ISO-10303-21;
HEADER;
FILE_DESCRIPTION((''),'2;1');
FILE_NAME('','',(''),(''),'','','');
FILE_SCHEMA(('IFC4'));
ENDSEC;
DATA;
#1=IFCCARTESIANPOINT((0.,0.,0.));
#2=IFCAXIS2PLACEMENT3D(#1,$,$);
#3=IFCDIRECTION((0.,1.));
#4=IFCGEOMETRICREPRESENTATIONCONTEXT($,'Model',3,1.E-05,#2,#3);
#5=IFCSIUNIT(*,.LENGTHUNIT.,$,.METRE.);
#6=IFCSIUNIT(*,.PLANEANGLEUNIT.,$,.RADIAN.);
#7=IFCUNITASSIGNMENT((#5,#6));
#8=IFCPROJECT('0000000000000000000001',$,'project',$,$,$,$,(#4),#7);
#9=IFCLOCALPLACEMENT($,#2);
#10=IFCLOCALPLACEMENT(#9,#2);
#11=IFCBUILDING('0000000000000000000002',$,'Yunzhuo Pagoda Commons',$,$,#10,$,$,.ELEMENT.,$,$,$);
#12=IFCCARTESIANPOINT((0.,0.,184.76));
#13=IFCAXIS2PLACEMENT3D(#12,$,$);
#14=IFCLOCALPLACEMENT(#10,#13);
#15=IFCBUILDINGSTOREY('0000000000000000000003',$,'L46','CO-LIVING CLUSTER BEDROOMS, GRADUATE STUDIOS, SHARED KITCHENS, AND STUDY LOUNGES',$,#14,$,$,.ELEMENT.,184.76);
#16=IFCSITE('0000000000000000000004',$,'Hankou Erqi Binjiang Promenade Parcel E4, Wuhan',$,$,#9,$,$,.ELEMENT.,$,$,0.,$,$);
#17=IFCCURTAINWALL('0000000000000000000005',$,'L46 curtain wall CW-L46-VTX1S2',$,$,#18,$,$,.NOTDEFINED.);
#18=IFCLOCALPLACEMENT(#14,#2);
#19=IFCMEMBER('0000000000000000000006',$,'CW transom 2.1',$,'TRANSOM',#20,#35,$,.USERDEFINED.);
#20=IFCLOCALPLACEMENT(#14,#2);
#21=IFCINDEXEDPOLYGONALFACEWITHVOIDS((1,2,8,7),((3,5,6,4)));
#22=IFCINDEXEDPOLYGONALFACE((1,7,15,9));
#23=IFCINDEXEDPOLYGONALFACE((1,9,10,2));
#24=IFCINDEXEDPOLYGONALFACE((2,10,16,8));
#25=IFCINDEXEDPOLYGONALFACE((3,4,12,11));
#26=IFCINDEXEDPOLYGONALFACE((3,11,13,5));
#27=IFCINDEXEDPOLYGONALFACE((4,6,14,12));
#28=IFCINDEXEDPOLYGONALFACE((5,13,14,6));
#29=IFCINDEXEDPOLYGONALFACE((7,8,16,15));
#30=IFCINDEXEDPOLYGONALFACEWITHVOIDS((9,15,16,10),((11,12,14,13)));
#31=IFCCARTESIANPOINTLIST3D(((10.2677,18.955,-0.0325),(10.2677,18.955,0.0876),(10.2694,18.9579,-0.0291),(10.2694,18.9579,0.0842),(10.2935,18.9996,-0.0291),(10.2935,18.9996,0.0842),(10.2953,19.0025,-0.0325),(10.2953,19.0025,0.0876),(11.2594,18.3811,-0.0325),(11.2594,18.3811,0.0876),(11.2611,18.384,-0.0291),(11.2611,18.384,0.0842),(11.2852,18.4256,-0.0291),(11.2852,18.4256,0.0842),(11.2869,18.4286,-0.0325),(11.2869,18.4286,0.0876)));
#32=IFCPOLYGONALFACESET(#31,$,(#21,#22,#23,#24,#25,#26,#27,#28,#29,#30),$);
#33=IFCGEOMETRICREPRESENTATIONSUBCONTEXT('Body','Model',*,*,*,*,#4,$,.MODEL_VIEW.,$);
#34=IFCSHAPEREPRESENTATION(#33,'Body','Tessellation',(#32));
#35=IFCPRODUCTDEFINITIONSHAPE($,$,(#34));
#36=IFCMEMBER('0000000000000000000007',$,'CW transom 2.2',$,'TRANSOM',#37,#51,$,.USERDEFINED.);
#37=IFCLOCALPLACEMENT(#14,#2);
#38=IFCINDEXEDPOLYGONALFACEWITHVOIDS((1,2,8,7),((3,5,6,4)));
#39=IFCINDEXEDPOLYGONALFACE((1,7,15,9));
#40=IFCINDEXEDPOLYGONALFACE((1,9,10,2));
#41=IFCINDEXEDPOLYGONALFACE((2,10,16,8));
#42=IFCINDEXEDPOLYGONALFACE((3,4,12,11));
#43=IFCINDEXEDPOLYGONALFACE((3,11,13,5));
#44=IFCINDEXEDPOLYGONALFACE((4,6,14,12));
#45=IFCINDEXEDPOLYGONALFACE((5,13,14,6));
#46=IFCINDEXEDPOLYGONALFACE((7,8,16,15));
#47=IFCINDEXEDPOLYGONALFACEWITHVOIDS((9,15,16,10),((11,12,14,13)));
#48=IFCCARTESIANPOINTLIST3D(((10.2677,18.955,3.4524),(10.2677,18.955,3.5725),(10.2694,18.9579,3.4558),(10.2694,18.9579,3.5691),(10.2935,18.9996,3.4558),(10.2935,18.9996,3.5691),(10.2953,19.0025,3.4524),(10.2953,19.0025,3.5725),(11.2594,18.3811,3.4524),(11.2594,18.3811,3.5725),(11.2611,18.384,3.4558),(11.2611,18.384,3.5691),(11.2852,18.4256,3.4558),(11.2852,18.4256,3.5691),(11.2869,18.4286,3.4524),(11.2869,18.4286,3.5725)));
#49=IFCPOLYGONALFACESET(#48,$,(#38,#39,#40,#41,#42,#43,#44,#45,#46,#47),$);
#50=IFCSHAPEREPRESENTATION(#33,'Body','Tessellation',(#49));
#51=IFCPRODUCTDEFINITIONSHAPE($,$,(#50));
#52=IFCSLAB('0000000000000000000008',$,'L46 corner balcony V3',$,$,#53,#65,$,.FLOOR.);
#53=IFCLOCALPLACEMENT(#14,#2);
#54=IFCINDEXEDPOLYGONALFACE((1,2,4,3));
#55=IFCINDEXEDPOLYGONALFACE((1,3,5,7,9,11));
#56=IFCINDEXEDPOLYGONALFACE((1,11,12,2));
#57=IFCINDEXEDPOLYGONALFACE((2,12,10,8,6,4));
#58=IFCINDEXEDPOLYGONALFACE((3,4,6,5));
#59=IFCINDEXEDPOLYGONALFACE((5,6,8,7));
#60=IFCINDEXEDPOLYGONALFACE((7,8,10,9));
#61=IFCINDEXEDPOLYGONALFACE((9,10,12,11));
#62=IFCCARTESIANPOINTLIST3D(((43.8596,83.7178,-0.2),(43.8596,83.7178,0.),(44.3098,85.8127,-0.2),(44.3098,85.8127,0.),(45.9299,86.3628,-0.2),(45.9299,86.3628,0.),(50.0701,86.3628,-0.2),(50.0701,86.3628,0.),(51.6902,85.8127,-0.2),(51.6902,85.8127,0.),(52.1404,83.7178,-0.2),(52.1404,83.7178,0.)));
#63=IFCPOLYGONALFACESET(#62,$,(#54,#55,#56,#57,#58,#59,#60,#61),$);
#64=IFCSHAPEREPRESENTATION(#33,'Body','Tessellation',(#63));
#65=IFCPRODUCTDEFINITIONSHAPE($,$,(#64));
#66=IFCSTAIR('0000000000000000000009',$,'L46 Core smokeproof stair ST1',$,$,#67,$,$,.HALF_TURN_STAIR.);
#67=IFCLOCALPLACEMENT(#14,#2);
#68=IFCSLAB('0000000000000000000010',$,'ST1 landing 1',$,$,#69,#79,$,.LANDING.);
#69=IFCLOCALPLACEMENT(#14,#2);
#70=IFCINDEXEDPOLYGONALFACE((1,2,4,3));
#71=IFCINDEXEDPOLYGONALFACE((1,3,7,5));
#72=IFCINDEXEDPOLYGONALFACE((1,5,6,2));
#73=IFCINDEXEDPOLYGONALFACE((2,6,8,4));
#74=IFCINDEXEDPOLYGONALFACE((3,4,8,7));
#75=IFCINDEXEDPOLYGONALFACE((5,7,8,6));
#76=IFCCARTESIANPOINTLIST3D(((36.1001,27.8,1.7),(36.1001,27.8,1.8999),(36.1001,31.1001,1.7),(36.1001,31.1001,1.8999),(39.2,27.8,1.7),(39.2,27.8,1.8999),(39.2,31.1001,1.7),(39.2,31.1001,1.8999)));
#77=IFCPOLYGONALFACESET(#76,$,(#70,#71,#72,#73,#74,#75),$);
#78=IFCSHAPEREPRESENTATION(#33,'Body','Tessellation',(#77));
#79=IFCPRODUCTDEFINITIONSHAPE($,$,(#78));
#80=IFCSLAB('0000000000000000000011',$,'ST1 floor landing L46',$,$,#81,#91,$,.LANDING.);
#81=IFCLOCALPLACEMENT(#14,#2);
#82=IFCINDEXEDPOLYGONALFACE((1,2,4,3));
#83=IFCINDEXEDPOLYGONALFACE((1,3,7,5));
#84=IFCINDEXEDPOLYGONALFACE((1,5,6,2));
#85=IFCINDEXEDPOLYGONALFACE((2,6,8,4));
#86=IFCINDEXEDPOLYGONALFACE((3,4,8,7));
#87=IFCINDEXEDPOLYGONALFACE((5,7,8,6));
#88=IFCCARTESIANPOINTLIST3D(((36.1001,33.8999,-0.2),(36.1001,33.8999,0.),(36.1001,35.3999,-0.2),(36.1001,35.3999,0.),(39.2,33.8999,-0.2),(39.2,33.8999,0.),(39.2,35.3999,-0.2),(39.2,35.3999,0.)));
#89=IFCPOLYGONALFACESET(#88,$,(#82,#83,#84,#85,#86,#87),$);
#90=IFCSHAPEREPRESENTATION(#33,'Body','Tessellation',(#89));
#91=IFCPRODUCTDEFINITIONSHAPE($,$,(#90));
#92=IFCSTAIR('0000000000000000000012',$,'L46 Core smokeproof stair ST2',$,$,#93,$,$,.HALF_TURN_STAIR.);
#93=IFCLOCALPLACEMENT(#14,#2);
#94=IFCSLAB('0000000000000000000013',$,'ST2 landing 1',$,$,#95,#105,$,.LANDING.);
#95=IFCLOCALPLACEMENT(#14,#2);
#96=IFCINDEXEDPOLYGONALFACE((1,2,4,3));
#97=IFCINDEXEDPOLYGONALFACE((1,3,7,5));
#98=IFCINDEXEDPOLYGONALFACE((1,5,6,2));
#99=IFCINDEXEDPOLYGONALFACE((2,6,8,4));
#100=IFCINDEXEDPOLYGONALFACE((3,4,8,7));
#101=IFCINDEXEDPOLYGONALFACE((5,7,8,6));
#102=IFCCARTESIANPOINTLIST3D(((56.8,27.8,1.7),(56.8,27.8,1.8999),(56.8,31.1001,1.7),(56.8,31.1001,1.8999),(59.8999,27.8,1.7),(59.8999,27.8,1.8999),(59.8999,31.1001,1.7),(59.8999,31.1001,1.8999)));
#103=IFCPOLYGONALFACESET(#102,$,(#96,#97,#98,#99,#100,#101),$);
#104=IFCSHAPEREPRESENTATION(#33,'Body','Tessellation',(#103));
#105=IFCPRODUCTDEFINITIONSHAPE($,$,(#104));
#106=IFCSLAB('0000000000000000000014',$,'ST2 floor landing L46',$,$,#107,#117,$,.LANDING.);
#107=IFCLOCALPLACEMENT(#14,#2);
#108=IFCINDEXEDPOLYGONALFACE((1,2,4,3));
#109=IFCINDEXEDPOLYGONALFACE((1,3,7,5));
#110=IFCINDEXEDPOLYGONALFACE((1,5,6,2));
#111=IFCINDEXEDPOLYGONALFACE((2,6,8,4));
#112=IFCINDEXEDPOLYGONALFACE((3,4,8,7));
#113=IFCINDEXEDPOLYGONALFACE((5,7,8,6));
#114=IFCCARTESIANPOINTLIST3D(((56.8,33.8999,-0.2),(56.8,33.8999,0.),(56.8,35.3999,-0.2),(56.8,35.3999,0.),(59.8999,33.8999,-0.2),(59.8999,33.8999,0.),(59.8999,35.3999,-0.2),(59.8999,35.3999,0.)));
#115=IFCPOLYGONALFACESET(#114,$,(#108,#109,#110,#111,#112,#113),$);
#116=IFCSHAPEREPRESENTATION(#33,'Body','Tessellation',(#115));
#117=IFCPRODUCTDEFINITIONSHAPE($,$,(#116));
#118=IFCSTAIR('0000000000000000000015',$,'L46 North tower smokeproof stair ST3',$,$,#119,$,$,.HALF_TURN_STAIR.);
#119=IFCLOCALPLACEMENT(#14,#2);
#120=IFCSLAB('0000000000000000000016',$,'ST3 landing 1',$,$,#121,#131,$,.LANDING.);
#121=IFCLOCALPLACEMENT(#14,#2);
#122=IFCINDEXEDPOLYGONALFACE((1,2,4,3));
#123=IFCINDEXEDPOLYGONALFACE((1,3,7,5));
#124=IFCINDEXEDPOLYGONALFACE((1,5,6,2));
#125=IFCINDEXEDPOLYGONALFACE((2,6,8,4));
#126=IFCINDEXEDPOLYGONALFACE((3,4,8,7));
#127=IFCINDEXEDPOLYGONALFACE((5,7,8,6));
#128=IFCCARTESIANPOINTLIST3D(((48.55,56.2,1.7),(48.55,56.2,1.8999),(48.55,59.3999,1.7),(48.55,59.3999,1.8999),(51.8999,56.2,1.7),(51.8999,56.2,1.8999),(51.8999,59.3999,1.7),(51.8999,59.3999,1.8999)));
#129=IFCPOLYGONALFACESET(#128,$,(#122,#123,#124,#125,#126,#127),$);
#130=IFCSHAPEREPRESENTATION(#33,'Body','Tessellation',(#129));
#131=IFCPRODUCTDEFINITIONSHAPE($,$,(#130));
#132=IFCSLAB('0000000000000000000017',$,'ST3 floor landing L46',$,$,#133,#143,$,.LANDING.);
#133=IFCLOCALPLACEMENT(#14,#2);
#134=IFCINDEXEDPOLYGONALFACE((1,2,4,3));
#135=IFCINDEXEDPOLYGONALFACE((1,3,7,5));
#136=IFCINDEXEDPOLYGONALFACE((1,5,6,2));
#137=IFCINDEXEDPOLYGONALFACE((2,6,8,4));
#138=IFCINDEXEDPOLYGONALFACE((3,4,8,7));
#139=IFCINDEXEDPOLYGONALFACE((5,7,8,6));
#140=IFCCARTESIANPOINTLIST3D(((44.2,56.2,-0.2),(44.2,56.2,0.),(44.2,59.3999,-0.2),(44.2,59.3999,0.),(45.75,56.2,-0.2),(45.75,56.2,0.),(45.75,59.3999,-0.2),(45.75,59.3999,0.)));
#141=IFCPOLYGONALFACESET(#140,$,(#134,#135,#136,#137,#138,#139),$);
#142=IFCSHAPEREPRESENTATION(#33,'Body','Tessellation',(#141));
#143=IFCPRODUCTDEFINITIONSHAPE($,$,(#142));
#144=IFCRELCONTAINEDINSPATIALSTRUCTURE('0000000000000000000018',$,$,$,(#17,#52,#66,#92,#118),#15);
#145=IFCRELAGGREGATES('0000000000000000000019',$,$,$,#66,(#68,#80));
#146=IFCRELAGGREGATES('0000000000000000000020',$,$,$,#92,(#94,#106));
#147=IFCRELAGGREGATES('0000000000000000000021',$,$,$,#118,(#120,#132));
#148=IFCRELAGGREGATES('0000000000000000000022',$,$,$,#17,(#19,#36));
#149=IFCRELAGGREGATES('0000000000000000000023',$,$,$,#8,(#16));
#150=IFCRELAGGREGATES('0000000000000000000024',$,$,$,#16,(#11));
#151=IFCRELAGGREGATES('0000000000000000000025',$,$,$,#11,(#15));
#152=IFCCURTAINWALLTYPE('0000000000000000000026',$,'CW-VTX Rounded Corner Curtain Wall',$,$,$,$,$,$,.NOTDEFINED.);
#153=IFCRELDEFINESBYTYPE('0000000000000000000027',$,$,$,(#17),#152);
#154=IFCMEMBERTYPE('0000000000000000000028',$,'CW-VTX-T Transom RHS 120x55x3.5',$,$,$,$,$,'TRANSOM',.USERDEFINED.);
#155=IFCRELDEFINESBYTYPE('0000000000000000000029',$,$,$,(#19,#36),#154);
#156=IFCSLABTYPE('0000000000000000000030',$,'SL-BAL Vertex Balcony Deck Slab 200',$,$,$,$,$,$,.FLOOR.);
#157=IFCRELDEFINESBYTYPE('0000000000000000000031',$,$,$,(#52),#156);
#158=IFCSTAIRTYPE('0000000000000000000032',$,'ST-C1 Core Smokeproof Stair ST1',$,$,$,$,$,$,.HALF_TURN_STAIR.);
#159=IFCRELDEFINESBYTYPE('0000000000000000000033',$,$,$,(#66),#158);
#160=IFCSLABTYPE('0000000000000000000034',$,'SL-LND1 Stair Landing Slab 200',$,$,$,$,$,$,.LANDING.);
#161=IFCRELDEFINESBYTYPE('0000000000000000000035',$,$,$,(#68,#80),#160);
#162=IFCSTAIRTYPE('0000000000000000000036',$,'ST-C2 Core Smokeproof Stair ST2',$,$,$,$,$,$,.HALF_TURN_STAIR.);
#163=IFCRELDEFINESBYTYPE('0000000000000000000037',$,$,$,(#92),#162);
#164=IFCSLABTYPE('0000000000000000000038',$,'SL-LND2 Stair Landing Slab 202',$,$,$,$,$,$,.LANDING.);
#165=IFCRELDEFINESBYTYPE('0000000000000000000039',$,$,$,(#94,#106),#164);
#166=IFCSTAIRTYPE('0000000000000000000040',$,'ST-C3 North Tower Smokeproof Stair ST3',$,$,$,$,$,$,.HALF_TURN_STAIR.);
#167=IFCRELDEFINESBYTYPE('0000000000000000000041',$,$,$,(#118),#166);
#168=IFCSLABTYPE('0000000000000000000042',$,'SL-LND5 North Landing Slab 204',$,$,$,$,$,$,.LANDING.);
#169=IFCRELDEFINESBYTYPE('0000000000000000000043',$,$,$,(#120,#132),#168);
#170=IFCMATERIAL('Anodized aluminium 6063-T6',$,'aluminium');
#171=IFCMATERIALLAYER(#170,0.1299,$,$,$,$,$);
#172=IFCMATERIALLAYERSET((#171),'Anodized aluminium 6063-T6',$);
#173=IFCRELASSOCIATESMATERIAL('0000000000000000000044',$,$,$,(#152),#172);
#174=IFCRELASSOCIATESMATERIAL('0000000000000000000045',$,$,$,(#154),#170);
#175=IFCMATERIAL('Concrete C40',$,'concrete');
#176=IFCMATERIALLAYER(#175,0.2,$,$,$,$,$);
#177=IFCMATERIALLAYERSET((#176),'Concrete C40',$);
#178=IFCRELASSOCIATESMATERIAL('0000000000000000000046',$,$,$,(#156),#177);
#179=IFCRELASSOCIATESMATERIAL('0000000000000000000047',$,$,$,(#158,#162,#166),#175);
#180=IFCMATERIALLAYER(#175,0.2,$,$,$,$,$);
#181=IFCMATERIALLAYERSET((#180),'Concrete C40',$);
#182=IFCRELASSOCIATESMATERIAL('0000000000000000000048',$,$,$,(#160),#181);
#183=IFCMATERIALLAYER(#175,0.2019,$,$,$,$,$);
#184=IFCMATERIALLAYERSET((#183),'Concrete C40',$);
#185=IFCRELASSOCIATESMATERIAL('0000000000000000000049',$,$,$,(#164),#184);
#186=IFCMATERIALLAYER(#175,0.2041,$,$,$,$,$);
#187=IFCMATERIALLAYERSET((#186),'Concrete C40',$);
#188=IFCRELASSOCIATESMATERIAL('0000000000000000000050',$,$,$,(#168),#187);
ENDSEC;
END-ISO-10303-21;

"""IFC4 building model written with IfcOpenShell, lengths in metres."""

from ifc_helpers import new_model, si_unit, direction, frame, origin, origin_2d, place, context, subcontext, project, spatial, polyline, hollow_rectangle, outline, extrude, source, transform, mapped, material, layer, layer_set, material_profile, profile_set, type_object, element, aggregate, save


model = new_model("IFC4")

# Units and contexts
model_context = context("Model", 3, precision=1e-05, world=origin(), true_north=direction((0.0, 1.0)))
body_context = subcontext(model_context, "Body", "Model", "MODEL_VIEW")
ifc_project = project(units=[si_unit("LENGTHUNIT", "METRE"), si_unit("PLANEANGLEUNIT", "RADIAN")], contexts=[model_context])

# Site, building, storey
site_placement = place(None, origin())
site = spatial("IfcSite", under=ifc_project, at=site_placement, Name="Hankou Erqi Binjiang Promenade Parcel E4, Wuhan", CompositionType="ELEMENT", RefElevation=0.0)
building_placement = place(site_placement, origin())
building = spatial("IfcBuilding", under=site, at=building_placement, Name="Yunzhuo Pagoda Commons", CompositionType="ELEMENT")
storey_placement = place(building_placement, frame((0.0, 0.0, 184.76)))
storey = spatial("IfcBuildingStorey", under=building, at=storey_placement, Name="L46", Description="CO-LIVING CLUSTER BEDROOMS, GRADUATE STUDIOS, SHARED KITCHENS, AND STUDY LOUNGES", CompositionType="ELEMENT", Elevation=184.76)

# Curtain wall
ifc_material_1 = material(Name="Anodized aluminium 6063-T6", Category="aluminium")
ifc_layer_1 = layer(ifc_material_1, 0.1299)
ifc_layer_set_1 = layer_set([ifc_layer_1], Name="Anodized aluminium 6063-T6")
curtain_wall_type_1 = type_object("IfcCurtainWallType", Name="CW-VTX Rounded Corner Curtain Wall", PredefinedType="NOTDEFINED", material=ifc_layer_set_1)
curtain_wall_1_placement = place(storey_placement, origin())
curtain_wall_1 = element("IfcCurtainWall", 1, at=curtain_wall_1_placement, inside=storey, type_object=curtain_wall_type_1, Name="L46 curtain wall CW-L46-VTX1S2", PredefinedType="NOTDEFINED")

# Members
ifc_material_profile_1 = material_profile(ifc_material_1, hollow_rectangle(XDim=0.0549, YDim=0.1201, WallThickness=0.0034, at=origin_2d()), Name="Anodized aluminium 6063-T6")
ifc_profile_set_1 = profile_set([ifc_material_profile_1], Name="Anodized aluminium 6063-T6")
member_type_1 = type_object("IfcMemberType", Name="CW-VTX-T Transom RHS 120x55x3.5", ElementType="TRANSOM", PredefinedType="USERDEFINED", material=ifc_profile_set_1)
shared_shape_1 = source(origin(), body_context, "Body", "SweptSolid", [
    extrude(hollow_rectangle(XDim=0.0549, YDim=0.1201, WallThickness=0.0034, at=origin_2d()), origin(), (0.0, 0.0, 1.0), 1.1458),
])
member_1_placement = place(storey_placement, frame((10.2815, 18.9788, 0.0276), z_axis=(0.865489, -0.500927, 0.0), x_axis=(0.500927, 0.865489, 0.0)))
member_1 = element("IfcMember", 2, at=member_1_placement, type_object=member_type_1, Name="CW transom 2.1", ObjectType="TRANSOM", PredefinedType="USERDEFINED", context=body_context, shape_type="MappedRepresentation", body=[
    mapped(shared_shape_1, transform((0.0, 0.0, 0.0), scale=1.0)),
])
member_2_placement = place(storey_placement, frame((10.2815, 18.9788, 3.5125), z_axis=(0.865489, -0.500927, 0.0), x_axis=(0.500927, 0.865489, 0.0)))
member_2 = element("IfcMember", 3, at=member_2_placement, type_object=member_type_1, Name="CW transom 2.2", ObjectType="TRANSOM", PredefinedType="USERDEFINED", context=body_context, shape_type="MappedRepresentation", body=[
    mapped(shared_shape_1, transform((0.0, 0.0, 0.0), scale=1.0)),
])

# Slab
ifc_material_2 = material(Name="Concrete C40", Category="concrete")
ifc_layer_2 = layer(ifc_material_2, 0.2)
ifc_layer_set_2 = layer_set([ifc_layer_2], Name="Concrete C40")
slab_type_1 = type_object("IfcSlabType", Name="SL-BAL Vertex Balcony Deck Slab 200", PredefinedType="FLOOR", material=ifc_layer_set_2)
slab_1_placement = place(storey_placement, frame((0.0, 0.0, -0.2)))
element("IfcSlab", 4, at=slab_1_placement, inside=storey, type_object=slab_type_1, Name="L46 corner balcony V3", PredefinedType="FLOOR", context=body_context, shape_type="SweptSolid", body=[
    extrude(outline(polyline([(52.1404, 83.7178), (43.8596, 83.7178), (44.3098, 85.8127), (45.9299, 86.3628), (50.0701, 86.3628), (51.6902, 85.8127), (52.1404, 83.7178)])), origin(), (0.0, 0.0, 1.0), 0.2),
])

# Stairs, slabs
stair_type_1 = type_object("IfcStairType", Name="ST-C1 Core Smokeproof Stair ST1", PredefinedType="HALF_TURN_STAIR", material=ifc_material_2)
stair_1_placement = place(storey_placement, origin())
stair_1 = element("IfcStair", 5, at=stair_1_placement, inside=storey, type_object=stair_type_1, Name="L46 Core smokeproof stair ST1", PredefinedType="HALF_TURN_STAIR")
ifc_layer_3 = layer(ifc_material_2, 0.2)
ifc_layer_set_3 = layer_set([ifc_layer_3], Name="Concrete C40")
slab_type_2 = type_object("IfcSlabType", Name="SL-LND1 Stair Landing Slab 200", PredefinedType="LANDING", material=ifc_layer_set_3)
slab_2_placement = place(storey_placement, frame((0.0, 0.0, 1.7)))
slab_2 = element("IfcSlab", 6, at=slab_2_placement, type_object=slab_type_2, Name="ST1 landing 1", PredefinedType="LANDING", context=body_context, shape_type="SweptSolid", body=[
    extrude(outline(polyline([(36.1001, 31.1001), (36.1001, 27.8), (39.2, 27.8), (39.2, 31.1001), (36.1001, 31.1001)])), origin(), (0.0, 0.0, 1.0), 0.2),
])
slab_3_placement = place(storey_placement, frame((0.0, 0.0, -0.2)))
slab_3 = element("IfcSlab", 7, at=slab_3_placement, type_object=slab_type_2, Name="ST1 floor landing L46", PredefinedType="LANDING", context=body_context, shape_type="SweptSolid", body=[
    extrude(outline(polyline([(36.1001, 35.3999), (36.1001, 33.8999), (39.2, 33.8999), (39.2, 35.3999), (36.1001, 35.3999)])), origin(), (0.0, 0.0, 1.0), 0.2),
])
aggregate(stair_1, [slab_2, slab_3])
stair_type_2 = type_object("IfcStairType", Name="ST-C2 Core Smokeproof Stair ST2", PredefinedType="HALF_TURN_STAIR", material=ifc_material_2)
stair_2_placement = place(storey_placement, origin())
stair_2 = element("IfcStair", 8, at=stair_2_placement, inside=storey, type_object=stair_type_2, Name="L46 Core smokeproof stair ST2", PredefinedType="HALF_TURN_STAIR")
ifc_layer_4 = layer(ifc_material_2, 0.2019)
ifc_layer_set_4 = layer_set([ifc_layer_4], Name="Concrete C40")
slab_type_3 = type_object("IfcSlabType", Name="SL-LND2 Stair Landing Slab 202", PredefinedType="LANDING", material=ifc_layer_set_4)
slab_4_placement = place(storey_placement, frame((0.0, 0.0, 1.7)))
slab_4 = element("IfcSlab", 9, at=slab_4_placement, type_object=slab_type_3, Name="ST2 landing 1", PredefinedType="LANDING", context=body_context, shape_type="SweptSolid", body=[
    extrude(outline(polyline([(56.8, 31.1001), (56.8, 27.8), (59.8999, 27.8), (59.8999, 31.1001), (56.8, 31.1001)])), origin(), (0.0, 0.0, 1.0), 0.2),
])
slab_5_placement = place(storey_placement, frame((0.0, 0.0, -0.2)))
slab_5 = element("IfcSlab", 10, at=slab_5_placement, type_object=slab_type_3, Name="ST2 floor landing L46", PredefinedType="LANDING", context=body_context, shape_type="SweptSolid", body=[
    extrude(outline(polyline([(56.8, 35.3999), (56.8, 33.8999), (59.8999, 33.8999), (59.8999, 35.3999), (56.8, 35.3999)])), origin(), (0.0, 0.0, 1.0), 0.2),
])
aggregate(stair_2, [slab_4, slab_5])
stair_type_3 = type_object("IfcStairType", Name="ST-C3 North Tower Smokeproof Stair ST3", PredefinedType="HALF_TURN_STAIR", material=ifc_material_2)
stair_3_placement = place(storey_placement, origin())
stair_3 = element("IfcStair", 11, at=stair_3_placement, inside=storey, type_object=stair_type_3, Name="L46 North tower smokeproof stair ST3", PredefinedType="HALF_TURN_STAIR")
ifc_layer_5 = layer(ifc_material_2, 0.2041)
ifc_layer_set_5 = layer_set([ifc_layer_5], Name="Concrete C40")
slab_type_4 = type_object("IfcSlabType", Name="SL-LND5 North Landing Slab 204", PredefinedType="LANDING", material=ifc_layer_set_5)
slab_6_placement = place(storey_placement, frame((0.0, 0.0, 1.7)))
slab_6 = element("IfcSlab", 12, at=slab_6_placement, type_object=slab_type_4, Name="ST3 landing 1", PredefinedType="LANDING", context=body_context, shape_type="SweptSolid", body=[
    extrude(outline(polyline([(48.55, 56.2), (51.8999, 56.2), (51.8999, 59.3999), (48.55, 59.3999), (48.55, 56.2)])), origin(), (0.0, 0.0, 1.0), 0.2),
])
slab_7_placement = place(storey_placement, frame((0.0, 0.0, -0.2)))
slab_7 = element("IfcSlab", 13, at=slab_7_placement, type_object=slab_type_4, Name="ST3 floor landing L46", PredefinedType="LANDING", context=body_context, shape_type="SweptSolid", body=[
    extrude(outline(polyline([(44.2, 56.2), (45.75, 56.2), (45.75, 59.3999), (44.2, 59.3999), (44.2, 56.2)])), origin(), (0.0, 0.0, 1.0), 0.2),
])
aggregate(stair_3, [slab_6, slab_7])

aggregate(curtain_wall_1, [member_1, member_2])

save(model, "model.ifc")
